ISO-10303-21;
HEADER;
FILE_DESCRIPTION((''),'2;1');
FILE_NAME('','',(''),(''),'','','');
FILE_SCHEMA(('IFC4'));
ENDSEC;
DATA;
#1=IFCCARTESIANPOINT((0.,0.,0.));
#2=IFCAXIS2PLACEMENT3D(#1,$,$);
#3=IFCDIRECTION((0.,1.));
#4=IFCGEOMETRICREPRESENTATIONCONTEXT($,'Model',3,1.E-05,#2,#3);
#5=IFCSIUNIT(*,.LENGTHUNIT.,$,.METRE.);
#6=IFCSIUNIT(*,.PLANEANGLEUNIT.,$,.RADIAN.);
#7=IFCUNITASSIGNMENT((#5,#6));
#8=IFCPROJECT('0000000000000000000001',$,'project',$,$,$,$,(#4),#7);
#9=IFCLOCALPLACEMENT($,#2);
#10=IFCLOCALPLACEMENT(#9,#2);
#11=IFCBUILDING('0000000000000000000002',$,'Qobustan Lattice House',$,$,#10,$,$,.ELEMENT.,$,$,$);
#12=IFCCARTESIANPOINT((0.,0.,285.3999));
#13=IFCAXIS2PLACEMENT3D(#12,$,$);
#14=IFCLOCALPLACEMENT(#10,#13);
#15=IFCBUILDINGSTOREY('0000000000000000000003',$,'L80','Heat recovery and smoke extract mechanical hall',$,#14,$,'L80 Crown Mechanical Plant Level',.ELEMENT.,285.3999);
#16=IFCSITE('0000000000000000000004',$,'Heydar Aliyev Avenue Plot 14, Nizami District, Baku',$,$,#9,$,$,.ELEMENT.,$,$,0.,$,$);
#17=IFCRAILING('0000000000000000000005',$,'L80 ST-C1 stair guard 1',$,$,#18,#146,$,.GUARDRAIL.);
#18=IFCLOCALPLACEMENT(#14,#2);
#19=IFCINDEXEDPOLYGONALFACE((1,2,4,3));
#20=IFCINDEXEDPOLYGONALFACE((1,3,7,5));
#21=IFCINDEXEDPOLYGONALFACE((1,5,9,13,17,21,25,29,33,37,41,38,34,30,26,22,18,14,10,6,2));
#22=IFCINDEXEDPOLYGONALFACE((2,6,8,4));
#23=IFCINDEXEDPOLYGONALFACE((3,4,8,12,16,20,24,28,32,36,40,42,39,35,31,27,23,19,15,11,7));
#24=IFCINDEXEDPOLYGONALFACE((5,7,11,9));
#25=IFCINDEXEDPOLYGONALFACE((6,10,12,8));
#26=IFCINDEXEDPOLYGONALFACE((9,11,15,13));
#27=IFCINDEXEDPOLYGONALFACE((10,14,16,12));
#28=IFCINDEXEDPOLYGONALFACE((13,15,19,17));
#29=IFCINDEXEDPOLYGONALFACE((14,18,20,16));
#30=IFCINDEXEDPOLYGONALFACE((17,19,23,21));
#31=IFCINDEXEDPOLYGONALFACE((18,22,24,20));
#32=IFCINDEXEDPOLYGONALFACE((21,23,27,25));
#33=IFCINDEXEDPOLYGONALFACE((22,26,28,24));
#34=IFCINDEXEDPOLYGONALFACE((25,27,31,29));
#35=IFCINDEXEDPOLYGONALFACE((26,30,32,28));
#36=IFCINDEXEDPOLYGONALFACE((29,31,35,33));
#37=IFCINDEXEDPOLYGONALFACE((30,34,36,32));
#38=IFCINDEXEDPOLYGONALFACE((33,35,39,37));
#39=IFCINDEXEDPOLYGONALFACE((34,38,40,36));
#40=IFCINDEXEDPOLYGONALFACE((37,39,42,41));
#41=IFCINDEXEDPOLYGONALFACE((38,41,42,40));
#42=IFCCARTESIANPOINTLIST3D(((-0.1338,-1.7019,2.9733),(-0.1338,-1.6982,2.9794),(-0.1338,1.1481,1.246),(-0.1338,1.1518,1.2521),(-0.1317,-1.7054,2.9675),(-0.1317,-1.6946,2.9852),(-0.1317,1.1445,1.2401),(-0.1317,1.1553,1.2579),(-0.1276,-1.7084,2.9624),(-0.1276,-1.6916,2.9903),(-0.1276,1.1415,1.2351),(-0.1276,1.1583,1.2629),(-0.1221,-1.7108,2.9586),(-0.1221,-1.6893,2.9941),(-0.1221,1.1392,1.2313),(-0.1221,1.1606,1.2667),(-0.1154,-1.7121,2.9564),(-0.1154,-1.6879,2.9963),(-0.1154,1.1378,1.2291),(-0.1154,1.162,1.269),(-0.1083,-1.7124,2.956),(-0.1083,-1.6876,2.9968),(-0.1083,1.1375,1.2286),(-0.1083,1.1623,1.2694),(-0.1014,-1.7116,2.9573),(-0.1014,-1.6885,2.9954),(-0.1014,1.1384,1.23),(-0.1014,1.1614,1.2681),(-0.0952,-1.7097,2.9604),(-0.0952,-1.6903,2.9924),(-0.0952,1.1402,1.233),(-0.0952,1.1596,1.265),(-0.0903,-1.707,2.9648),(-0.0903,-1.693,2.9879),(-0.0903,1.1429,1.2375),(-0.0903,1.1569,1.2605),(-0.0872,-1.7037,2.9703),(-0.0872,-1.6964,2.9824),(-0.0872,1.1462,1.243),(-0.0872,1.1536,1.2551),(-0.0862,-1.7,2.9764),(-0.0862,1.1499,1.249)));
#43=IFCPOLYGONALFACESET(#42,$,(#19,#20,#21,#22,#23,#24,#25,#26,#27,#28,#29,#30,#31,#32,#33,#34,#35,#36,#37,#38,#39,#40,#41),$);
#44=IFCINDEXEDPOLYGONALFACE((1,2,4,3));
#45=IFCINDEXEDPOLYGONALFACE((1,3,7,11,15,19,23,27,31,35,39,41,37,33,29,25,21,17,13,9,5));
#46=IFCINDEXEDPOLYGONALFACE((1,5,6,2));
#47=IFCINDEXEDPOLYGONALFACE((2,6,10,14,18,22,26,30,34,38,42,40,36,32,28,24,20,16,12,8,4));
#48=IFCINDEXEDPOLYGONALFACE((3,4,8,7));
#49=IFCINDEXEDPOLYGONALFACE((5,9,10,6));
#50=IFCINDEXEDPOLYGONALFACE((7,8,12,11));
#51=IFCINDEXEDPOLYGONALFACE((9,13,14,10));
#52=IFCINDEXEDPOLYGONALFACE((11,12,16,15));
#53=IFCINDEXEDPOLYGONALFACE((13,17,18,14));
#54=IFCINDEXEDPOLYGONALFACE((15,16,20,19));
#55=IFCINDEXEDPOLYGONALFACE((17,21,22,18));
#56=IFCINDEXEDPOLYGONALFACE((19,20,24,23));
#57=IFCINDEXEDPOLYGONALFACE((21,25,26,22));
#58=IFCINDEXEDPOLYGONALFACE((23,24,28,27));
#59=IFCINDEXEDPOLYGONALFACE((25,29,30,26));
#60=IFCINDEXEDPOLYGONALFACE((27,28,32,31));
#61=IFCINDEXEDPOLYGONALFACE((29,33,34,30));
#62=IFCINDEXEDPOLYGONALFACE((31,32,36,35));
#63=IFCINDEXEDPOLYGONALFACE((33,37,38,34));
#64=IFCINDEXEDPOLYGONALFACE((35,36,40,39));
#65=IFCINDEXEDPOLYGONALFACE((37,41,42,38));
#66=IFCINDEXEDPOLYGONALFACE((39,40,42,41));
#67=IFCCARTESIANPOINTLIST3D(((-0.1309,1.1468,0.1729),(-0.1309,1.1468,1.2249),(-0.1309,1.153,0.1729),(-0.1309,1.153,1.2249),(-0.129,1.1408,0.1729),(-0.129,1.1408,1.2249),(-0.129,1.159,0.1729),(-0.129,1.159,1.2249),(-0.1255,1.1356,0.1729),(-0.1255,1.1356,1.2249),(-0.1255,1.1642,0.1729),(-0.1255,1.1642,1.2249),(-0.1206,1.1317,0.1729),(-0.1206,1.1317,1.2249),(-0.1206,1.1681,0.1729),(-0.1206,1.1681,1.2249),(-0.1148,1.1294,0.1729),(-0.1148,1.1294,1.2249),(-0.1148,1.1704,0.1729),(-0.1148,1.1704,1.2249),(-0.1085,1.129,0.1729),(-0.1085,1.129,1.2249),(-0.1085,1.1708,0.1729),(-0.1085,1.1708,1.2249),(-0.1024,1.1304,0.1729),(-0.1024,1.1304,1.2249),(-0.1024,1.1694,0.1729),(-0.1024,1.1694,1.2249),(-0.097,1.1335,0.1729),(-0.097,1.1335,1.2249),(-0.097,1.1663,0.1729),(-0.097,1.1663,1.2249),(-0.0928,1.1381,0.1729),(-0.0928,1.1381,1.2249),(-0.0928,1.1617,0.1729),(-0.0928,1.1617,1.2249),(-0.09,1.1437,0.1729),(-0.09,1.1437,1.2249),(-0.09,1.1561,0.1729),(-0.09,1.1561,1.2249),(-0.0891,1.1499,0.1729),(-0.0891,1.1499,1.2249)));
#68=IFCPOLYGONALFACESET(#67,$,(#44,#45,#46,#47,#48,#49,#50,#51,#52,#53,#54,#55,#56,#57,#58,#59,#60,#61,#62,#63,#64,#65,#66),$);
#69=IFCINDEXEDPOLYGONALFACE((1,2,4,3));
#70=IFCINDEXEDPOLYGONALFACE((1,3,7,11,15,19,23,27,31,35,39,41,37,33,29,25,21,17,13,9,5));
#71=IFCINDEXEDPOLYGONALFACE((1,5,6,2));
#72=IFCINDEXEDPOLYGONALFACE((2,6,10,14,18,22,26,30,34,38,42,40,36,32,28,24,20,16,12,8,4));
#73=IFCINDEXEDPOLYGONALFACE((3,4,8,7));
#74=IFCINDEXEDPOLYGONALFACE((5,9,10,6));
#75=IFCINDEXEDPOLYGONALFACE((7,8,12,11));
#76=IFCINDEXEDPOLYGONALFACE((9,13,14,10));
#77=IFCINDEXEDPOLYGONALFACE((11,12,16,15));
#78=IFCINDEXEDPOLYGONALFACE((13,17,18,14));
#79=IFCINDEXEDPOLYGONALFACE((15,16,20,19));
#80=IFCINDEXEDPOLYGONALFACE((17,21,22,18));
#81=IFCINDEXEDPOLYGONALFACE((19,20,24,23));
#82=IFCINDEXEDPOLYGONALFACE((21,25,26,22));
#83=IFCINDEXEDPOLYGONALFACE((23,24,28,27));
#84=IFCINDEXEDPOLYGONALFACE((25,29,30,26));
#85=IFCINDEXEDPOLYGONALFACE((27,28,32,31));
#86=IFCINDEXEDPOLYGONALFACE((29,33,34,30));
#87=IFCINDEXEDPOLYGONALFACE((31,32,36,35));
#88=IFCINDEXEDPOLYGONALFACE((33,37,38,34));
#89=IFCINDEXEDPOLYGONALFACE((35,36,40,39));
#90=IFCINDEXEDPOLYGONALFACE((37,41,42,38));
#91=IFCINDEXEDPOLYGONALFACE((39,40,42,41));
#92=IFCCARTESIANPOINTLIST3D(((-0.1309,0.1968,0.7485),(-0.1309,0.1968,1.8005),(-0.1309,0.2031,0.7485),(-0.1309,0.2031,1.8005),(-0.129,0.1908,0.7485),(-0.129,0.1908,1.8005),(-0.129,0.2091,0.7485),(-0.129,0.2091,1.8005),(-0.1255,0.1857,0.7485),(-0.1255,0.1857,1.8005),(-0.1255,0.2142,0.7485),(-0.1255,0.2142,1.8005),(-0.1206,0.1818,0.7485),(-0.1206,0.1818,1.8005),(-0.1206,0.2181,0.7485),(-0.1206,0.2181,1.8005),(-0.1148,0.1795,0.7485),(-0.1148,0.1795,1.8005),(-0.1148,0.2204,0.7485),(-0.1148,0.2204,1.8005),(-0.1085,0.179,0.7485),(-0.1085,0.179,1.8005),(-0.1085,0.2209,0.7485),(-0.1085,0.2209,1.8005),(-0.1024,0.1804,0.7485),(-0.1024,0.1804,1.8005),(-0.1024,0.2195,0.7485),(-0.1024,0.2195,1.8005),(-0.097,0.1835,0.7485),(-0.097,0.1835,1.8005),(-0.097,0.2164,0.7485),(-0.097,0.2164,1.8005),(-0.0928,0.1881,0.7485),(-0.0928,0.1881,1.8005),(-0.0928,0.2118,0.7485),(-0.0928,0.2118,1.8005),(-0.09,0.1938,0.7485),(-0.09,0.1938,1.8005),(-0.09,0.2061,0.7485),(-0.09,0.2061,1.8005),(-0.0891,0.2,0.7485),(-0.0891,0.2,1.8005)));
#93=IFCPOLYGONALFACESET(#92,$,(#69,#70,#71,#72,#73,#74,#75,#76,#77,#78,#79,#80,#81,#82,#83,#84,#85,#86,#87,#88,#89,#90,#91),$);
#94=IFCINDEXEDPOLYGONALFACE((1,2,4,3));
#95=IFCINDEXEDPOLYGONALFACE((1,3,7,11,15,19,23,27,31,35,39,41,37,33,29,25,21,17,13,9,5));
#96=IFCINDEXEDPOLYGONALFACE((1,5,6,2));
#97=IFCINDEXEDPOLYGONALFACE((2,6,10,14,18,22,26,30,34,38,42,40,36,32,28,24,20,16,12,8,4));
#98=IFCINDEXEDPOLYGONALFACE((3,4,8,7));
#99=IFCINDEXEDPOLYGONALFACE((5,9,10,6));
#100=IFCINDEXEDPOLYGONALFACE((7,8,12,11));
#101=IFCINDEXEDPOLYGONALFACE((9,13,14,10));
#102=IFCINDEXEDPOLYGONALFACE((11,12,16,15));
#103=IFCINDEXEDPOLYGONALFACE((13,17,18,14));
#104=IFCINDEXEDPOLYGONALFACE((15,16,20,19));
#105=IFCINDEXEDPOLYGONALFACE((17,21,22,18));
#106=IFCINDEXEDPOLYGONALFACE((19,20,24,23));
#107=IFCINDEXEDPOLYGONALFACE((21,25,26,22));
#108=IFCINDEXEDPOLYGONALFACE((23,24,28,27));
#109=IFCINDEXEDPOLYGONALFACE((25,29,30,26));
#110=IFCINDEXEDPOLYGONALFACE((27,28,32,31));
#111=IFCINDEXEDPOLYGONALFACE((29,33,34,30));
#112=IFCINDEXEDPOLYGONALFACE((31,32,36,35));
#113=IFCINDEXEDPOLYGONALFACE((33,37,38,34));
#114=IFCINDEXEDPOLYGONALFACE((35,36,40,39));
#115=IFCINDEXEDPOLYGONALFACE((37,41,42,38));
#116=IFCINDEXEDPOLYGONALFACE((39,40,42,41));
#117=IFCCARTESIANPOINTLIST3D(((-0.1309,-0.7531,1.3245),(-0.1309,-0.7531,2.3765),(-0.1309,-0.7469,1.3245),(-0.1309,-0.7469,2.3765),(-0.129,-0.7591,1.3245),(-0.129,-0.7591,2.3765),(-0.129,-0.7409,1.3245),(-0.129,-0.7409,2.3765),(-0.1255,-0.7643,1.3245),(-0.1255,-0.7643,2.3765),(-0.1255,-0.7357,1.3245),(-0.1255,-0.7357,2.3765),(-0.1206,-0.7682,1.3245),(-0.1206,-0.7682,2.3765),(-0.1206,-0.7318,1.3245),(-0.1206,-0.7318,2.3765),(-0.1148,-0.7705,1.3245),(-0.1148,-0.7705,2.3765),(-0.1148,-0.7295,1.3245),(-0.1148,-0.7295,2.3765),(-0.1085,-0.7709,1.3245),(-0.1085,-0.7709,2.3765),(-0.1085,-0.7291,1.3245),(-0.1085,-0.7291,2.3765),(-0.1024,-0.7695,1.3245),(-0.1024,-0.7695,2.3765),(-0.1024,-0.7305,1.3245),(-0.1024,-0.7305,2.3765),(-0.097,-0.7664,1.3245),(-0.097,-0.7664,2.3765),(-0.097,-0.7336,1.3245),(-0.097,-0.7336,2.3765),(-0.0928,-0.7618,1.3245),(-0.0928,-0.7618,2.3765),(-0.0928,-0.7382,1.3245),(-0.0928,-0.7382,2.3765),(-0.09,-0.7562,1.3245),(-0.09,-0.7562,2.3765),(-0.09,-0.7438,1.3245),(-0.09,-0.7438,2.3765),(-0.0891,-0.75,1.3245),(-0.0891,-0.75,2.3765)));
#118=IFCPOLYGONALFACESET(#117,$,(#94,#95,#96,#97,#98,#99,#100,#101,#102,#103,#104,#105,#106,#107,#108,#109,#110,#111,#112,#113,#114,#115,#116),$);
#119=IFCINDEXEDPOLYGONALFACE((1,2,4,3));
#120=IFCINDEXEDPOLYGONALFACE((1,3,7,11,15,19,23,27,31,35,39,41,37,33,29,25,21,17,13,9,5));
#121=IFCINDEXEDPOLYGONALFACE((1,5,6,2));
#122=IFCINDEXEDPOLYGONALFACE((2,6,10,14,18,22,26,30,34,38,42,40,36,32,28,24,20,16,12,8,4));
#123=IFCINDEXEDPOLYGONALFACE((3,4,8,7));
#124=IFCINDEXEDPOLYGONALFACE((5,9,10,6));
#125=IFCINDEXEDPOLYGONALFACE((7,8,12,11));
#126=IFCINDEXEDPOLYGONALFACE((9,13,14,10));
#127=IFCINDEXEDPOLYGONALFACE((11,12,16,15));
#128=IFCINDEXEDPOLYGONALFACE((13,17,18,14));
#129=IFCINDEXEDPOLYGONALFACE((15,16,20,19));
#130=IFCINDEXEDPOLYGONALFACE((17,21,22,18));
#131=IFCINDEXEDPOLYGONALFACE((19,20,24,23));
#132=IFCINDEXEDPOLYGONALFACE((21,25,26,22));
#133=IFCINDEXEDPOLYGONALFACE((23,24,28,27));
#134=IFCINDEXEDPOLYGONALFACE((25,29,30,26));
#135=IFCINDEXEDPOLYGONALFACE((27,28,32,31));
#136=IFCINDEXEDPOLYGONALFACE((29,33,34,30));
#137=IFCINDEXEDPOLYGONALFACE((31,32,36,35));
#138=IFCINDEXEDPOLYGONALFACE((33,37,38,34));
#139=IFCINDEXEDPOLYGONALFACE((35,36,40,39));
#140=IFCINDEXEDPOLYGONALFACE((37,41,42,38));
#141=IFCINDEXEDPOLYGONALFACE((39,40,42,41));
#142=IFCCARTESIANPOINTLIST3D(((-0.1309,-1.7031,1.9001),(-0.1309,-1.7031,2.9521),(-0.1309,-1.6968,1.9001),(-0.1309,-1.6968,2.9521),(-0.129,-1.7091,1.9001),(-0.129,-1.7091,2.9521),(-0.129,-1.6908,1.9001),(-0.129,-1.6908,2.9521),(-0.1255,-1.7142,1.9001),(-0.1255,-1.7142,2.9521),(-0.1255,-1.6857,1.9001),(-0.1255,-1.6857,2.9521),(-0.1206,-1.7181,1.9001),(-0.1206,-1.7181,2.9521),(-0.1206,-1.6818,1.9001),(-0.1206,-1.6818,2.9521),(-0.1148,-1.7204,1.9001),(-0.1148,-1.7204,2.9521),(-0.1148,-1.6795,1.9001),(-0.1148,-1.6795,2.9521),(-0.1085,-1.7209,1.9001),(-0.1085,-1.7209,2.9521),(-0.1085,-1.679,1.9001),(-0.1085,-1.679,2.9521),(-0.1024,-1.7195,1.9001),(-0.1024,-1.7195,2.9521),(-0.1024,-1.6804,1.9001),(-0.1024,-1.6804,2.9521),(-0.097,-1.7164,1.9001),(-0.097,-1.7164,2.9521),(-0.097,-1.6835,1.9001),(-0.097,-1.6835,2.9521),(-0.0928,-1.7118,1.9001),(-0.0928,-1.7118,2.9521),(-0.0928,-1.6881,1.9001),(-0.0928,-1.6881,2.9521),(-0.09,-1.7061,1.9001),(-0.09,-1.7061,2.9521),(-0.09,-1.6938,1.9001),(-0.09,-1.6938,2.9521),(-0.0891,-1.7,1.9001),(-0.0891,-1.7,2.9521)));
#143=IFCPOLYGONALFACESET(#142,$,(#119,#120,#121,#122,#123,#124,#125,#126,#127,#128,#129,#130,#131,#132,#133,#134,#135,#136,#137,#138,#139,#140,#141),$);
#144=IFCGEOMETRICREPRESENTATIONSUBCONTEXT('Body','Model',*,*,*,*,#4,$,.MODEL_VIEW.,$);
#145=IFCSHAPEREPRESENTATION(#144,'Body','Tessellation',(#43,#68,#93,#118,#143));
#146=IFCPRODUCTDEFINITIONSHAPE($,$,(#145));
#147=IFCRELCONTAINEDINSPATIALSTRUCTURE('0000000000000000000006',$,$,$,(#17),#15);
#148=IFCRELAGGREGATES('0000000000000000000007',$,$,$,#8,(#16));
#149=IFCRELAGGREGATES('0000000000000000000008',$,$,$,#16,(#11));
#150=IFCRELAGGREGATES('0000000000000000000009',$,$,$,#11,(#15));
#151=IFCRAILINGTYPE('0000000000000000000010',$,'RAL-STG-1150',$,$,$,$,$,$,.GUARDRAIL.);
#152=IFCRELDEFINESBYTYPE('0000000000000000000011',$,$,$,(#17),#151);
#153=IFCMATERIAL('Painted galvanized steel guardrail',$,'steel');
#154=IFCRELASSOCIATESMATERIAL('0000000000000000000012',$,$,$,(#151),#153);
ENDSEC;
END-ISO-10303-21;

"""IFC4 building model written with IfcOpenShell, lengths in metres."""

from ifc_helpers import new_model, si_unit, direction, frame, origin, origin_2d, place, context, subcontext, project, spatial, circle, extrude, material, type_object, element, save


model = new_model("IFC4")

# Units and contexts
model_context = context("Model", 3, precision=1e-05, world=origin(), true_north=direction((0.0, 1.0)))
body_context = subcontext(model_context, "Body", "Model", "MODEL_VIEW")
ifc_project = project(units=[si_unit("LENGTHUNIT", "METRE"), si_unit("PLANEANGLEUNIT", "RADIAN")], contexts=[model_context])

# Site, building, storey
site_placement = place(None, origin())
site = spatial("IfcSite", under=ifc_project, at=site_placement, Name="Heydar Aliyev Avenue Plot 14, Nizami District, Baku", CompositionType="ELEMENT", RefElevation=0.0)
building_placement = place(site_placement, origin())
building = spatial("IfcBuilding", under=site, at=building_placement, Name="Qobustan Lattice House", CompositionType="ELEMENT")
storey_placement = place(building_placement, frame((0.0, 0.0, 285.3999)))
storey = spatial("IfcBuildingStorey", under=building, at=storey_placement, Name="L80", Description="Heat recovery and smoke extract mechanical hall", LongName="L80 Crown Mechanical Plant Level", CompositionType="ELEMENT", Elevation=285.3999)

# Railing
ifc_material_1 = material(Name="Painted galvanized steel guardrail", Category="steel")
railing_type_1 = type_object("IfcRailingType", Name="RAL-STG-1150", PredefinedType="GUARDRAIL", material=ifc_material_1)
railing_1_placement = place(storey_placement, frame((-0.1101, 1.1499, 0.1729)))
element("IfcRailing", 1, at=railing_1_placement, inside=storey, type_object=railing_type_1, Name="L80 ST-C1 stair guard 1", PredefinedType="GUARDRAIL", context=body_context, shape_type="SweptSolid", body=[
    extrude(circle(Radius=0.0239, at=origin_2d()), frame((0.0, 0.0, 1.0762), z_axis=(0.0, -0.855183, 0.518326), x_axis=(1.0, 0.0, 0.0)), (0.0, 0.0, 1.0), 3.3325),
    extrude(circle(Radius=0.021, at=origin_2d()), origin(), (0.0, 0.0, 1.0), 1.052),
    extrude(circle(Radius=0.021, at=origin_2d()), frame((0.0, -0.95, 0.5757)), (0.0, 0.0, 1.0), 1.052),
    extrude(circle(Radius=0.021, at=origin_2d()), frame((0.0, -1.8999, 1.1516)), (0.0, 0.0, 1.0), 1.052),
    extrude(circle(Radius=0.021, at=origin_2d()), frame((0.0, -2.8499, 1.7273)), (0.0, 0.0, 1.0), 1.052),
])

save(model, "model.ifc")
